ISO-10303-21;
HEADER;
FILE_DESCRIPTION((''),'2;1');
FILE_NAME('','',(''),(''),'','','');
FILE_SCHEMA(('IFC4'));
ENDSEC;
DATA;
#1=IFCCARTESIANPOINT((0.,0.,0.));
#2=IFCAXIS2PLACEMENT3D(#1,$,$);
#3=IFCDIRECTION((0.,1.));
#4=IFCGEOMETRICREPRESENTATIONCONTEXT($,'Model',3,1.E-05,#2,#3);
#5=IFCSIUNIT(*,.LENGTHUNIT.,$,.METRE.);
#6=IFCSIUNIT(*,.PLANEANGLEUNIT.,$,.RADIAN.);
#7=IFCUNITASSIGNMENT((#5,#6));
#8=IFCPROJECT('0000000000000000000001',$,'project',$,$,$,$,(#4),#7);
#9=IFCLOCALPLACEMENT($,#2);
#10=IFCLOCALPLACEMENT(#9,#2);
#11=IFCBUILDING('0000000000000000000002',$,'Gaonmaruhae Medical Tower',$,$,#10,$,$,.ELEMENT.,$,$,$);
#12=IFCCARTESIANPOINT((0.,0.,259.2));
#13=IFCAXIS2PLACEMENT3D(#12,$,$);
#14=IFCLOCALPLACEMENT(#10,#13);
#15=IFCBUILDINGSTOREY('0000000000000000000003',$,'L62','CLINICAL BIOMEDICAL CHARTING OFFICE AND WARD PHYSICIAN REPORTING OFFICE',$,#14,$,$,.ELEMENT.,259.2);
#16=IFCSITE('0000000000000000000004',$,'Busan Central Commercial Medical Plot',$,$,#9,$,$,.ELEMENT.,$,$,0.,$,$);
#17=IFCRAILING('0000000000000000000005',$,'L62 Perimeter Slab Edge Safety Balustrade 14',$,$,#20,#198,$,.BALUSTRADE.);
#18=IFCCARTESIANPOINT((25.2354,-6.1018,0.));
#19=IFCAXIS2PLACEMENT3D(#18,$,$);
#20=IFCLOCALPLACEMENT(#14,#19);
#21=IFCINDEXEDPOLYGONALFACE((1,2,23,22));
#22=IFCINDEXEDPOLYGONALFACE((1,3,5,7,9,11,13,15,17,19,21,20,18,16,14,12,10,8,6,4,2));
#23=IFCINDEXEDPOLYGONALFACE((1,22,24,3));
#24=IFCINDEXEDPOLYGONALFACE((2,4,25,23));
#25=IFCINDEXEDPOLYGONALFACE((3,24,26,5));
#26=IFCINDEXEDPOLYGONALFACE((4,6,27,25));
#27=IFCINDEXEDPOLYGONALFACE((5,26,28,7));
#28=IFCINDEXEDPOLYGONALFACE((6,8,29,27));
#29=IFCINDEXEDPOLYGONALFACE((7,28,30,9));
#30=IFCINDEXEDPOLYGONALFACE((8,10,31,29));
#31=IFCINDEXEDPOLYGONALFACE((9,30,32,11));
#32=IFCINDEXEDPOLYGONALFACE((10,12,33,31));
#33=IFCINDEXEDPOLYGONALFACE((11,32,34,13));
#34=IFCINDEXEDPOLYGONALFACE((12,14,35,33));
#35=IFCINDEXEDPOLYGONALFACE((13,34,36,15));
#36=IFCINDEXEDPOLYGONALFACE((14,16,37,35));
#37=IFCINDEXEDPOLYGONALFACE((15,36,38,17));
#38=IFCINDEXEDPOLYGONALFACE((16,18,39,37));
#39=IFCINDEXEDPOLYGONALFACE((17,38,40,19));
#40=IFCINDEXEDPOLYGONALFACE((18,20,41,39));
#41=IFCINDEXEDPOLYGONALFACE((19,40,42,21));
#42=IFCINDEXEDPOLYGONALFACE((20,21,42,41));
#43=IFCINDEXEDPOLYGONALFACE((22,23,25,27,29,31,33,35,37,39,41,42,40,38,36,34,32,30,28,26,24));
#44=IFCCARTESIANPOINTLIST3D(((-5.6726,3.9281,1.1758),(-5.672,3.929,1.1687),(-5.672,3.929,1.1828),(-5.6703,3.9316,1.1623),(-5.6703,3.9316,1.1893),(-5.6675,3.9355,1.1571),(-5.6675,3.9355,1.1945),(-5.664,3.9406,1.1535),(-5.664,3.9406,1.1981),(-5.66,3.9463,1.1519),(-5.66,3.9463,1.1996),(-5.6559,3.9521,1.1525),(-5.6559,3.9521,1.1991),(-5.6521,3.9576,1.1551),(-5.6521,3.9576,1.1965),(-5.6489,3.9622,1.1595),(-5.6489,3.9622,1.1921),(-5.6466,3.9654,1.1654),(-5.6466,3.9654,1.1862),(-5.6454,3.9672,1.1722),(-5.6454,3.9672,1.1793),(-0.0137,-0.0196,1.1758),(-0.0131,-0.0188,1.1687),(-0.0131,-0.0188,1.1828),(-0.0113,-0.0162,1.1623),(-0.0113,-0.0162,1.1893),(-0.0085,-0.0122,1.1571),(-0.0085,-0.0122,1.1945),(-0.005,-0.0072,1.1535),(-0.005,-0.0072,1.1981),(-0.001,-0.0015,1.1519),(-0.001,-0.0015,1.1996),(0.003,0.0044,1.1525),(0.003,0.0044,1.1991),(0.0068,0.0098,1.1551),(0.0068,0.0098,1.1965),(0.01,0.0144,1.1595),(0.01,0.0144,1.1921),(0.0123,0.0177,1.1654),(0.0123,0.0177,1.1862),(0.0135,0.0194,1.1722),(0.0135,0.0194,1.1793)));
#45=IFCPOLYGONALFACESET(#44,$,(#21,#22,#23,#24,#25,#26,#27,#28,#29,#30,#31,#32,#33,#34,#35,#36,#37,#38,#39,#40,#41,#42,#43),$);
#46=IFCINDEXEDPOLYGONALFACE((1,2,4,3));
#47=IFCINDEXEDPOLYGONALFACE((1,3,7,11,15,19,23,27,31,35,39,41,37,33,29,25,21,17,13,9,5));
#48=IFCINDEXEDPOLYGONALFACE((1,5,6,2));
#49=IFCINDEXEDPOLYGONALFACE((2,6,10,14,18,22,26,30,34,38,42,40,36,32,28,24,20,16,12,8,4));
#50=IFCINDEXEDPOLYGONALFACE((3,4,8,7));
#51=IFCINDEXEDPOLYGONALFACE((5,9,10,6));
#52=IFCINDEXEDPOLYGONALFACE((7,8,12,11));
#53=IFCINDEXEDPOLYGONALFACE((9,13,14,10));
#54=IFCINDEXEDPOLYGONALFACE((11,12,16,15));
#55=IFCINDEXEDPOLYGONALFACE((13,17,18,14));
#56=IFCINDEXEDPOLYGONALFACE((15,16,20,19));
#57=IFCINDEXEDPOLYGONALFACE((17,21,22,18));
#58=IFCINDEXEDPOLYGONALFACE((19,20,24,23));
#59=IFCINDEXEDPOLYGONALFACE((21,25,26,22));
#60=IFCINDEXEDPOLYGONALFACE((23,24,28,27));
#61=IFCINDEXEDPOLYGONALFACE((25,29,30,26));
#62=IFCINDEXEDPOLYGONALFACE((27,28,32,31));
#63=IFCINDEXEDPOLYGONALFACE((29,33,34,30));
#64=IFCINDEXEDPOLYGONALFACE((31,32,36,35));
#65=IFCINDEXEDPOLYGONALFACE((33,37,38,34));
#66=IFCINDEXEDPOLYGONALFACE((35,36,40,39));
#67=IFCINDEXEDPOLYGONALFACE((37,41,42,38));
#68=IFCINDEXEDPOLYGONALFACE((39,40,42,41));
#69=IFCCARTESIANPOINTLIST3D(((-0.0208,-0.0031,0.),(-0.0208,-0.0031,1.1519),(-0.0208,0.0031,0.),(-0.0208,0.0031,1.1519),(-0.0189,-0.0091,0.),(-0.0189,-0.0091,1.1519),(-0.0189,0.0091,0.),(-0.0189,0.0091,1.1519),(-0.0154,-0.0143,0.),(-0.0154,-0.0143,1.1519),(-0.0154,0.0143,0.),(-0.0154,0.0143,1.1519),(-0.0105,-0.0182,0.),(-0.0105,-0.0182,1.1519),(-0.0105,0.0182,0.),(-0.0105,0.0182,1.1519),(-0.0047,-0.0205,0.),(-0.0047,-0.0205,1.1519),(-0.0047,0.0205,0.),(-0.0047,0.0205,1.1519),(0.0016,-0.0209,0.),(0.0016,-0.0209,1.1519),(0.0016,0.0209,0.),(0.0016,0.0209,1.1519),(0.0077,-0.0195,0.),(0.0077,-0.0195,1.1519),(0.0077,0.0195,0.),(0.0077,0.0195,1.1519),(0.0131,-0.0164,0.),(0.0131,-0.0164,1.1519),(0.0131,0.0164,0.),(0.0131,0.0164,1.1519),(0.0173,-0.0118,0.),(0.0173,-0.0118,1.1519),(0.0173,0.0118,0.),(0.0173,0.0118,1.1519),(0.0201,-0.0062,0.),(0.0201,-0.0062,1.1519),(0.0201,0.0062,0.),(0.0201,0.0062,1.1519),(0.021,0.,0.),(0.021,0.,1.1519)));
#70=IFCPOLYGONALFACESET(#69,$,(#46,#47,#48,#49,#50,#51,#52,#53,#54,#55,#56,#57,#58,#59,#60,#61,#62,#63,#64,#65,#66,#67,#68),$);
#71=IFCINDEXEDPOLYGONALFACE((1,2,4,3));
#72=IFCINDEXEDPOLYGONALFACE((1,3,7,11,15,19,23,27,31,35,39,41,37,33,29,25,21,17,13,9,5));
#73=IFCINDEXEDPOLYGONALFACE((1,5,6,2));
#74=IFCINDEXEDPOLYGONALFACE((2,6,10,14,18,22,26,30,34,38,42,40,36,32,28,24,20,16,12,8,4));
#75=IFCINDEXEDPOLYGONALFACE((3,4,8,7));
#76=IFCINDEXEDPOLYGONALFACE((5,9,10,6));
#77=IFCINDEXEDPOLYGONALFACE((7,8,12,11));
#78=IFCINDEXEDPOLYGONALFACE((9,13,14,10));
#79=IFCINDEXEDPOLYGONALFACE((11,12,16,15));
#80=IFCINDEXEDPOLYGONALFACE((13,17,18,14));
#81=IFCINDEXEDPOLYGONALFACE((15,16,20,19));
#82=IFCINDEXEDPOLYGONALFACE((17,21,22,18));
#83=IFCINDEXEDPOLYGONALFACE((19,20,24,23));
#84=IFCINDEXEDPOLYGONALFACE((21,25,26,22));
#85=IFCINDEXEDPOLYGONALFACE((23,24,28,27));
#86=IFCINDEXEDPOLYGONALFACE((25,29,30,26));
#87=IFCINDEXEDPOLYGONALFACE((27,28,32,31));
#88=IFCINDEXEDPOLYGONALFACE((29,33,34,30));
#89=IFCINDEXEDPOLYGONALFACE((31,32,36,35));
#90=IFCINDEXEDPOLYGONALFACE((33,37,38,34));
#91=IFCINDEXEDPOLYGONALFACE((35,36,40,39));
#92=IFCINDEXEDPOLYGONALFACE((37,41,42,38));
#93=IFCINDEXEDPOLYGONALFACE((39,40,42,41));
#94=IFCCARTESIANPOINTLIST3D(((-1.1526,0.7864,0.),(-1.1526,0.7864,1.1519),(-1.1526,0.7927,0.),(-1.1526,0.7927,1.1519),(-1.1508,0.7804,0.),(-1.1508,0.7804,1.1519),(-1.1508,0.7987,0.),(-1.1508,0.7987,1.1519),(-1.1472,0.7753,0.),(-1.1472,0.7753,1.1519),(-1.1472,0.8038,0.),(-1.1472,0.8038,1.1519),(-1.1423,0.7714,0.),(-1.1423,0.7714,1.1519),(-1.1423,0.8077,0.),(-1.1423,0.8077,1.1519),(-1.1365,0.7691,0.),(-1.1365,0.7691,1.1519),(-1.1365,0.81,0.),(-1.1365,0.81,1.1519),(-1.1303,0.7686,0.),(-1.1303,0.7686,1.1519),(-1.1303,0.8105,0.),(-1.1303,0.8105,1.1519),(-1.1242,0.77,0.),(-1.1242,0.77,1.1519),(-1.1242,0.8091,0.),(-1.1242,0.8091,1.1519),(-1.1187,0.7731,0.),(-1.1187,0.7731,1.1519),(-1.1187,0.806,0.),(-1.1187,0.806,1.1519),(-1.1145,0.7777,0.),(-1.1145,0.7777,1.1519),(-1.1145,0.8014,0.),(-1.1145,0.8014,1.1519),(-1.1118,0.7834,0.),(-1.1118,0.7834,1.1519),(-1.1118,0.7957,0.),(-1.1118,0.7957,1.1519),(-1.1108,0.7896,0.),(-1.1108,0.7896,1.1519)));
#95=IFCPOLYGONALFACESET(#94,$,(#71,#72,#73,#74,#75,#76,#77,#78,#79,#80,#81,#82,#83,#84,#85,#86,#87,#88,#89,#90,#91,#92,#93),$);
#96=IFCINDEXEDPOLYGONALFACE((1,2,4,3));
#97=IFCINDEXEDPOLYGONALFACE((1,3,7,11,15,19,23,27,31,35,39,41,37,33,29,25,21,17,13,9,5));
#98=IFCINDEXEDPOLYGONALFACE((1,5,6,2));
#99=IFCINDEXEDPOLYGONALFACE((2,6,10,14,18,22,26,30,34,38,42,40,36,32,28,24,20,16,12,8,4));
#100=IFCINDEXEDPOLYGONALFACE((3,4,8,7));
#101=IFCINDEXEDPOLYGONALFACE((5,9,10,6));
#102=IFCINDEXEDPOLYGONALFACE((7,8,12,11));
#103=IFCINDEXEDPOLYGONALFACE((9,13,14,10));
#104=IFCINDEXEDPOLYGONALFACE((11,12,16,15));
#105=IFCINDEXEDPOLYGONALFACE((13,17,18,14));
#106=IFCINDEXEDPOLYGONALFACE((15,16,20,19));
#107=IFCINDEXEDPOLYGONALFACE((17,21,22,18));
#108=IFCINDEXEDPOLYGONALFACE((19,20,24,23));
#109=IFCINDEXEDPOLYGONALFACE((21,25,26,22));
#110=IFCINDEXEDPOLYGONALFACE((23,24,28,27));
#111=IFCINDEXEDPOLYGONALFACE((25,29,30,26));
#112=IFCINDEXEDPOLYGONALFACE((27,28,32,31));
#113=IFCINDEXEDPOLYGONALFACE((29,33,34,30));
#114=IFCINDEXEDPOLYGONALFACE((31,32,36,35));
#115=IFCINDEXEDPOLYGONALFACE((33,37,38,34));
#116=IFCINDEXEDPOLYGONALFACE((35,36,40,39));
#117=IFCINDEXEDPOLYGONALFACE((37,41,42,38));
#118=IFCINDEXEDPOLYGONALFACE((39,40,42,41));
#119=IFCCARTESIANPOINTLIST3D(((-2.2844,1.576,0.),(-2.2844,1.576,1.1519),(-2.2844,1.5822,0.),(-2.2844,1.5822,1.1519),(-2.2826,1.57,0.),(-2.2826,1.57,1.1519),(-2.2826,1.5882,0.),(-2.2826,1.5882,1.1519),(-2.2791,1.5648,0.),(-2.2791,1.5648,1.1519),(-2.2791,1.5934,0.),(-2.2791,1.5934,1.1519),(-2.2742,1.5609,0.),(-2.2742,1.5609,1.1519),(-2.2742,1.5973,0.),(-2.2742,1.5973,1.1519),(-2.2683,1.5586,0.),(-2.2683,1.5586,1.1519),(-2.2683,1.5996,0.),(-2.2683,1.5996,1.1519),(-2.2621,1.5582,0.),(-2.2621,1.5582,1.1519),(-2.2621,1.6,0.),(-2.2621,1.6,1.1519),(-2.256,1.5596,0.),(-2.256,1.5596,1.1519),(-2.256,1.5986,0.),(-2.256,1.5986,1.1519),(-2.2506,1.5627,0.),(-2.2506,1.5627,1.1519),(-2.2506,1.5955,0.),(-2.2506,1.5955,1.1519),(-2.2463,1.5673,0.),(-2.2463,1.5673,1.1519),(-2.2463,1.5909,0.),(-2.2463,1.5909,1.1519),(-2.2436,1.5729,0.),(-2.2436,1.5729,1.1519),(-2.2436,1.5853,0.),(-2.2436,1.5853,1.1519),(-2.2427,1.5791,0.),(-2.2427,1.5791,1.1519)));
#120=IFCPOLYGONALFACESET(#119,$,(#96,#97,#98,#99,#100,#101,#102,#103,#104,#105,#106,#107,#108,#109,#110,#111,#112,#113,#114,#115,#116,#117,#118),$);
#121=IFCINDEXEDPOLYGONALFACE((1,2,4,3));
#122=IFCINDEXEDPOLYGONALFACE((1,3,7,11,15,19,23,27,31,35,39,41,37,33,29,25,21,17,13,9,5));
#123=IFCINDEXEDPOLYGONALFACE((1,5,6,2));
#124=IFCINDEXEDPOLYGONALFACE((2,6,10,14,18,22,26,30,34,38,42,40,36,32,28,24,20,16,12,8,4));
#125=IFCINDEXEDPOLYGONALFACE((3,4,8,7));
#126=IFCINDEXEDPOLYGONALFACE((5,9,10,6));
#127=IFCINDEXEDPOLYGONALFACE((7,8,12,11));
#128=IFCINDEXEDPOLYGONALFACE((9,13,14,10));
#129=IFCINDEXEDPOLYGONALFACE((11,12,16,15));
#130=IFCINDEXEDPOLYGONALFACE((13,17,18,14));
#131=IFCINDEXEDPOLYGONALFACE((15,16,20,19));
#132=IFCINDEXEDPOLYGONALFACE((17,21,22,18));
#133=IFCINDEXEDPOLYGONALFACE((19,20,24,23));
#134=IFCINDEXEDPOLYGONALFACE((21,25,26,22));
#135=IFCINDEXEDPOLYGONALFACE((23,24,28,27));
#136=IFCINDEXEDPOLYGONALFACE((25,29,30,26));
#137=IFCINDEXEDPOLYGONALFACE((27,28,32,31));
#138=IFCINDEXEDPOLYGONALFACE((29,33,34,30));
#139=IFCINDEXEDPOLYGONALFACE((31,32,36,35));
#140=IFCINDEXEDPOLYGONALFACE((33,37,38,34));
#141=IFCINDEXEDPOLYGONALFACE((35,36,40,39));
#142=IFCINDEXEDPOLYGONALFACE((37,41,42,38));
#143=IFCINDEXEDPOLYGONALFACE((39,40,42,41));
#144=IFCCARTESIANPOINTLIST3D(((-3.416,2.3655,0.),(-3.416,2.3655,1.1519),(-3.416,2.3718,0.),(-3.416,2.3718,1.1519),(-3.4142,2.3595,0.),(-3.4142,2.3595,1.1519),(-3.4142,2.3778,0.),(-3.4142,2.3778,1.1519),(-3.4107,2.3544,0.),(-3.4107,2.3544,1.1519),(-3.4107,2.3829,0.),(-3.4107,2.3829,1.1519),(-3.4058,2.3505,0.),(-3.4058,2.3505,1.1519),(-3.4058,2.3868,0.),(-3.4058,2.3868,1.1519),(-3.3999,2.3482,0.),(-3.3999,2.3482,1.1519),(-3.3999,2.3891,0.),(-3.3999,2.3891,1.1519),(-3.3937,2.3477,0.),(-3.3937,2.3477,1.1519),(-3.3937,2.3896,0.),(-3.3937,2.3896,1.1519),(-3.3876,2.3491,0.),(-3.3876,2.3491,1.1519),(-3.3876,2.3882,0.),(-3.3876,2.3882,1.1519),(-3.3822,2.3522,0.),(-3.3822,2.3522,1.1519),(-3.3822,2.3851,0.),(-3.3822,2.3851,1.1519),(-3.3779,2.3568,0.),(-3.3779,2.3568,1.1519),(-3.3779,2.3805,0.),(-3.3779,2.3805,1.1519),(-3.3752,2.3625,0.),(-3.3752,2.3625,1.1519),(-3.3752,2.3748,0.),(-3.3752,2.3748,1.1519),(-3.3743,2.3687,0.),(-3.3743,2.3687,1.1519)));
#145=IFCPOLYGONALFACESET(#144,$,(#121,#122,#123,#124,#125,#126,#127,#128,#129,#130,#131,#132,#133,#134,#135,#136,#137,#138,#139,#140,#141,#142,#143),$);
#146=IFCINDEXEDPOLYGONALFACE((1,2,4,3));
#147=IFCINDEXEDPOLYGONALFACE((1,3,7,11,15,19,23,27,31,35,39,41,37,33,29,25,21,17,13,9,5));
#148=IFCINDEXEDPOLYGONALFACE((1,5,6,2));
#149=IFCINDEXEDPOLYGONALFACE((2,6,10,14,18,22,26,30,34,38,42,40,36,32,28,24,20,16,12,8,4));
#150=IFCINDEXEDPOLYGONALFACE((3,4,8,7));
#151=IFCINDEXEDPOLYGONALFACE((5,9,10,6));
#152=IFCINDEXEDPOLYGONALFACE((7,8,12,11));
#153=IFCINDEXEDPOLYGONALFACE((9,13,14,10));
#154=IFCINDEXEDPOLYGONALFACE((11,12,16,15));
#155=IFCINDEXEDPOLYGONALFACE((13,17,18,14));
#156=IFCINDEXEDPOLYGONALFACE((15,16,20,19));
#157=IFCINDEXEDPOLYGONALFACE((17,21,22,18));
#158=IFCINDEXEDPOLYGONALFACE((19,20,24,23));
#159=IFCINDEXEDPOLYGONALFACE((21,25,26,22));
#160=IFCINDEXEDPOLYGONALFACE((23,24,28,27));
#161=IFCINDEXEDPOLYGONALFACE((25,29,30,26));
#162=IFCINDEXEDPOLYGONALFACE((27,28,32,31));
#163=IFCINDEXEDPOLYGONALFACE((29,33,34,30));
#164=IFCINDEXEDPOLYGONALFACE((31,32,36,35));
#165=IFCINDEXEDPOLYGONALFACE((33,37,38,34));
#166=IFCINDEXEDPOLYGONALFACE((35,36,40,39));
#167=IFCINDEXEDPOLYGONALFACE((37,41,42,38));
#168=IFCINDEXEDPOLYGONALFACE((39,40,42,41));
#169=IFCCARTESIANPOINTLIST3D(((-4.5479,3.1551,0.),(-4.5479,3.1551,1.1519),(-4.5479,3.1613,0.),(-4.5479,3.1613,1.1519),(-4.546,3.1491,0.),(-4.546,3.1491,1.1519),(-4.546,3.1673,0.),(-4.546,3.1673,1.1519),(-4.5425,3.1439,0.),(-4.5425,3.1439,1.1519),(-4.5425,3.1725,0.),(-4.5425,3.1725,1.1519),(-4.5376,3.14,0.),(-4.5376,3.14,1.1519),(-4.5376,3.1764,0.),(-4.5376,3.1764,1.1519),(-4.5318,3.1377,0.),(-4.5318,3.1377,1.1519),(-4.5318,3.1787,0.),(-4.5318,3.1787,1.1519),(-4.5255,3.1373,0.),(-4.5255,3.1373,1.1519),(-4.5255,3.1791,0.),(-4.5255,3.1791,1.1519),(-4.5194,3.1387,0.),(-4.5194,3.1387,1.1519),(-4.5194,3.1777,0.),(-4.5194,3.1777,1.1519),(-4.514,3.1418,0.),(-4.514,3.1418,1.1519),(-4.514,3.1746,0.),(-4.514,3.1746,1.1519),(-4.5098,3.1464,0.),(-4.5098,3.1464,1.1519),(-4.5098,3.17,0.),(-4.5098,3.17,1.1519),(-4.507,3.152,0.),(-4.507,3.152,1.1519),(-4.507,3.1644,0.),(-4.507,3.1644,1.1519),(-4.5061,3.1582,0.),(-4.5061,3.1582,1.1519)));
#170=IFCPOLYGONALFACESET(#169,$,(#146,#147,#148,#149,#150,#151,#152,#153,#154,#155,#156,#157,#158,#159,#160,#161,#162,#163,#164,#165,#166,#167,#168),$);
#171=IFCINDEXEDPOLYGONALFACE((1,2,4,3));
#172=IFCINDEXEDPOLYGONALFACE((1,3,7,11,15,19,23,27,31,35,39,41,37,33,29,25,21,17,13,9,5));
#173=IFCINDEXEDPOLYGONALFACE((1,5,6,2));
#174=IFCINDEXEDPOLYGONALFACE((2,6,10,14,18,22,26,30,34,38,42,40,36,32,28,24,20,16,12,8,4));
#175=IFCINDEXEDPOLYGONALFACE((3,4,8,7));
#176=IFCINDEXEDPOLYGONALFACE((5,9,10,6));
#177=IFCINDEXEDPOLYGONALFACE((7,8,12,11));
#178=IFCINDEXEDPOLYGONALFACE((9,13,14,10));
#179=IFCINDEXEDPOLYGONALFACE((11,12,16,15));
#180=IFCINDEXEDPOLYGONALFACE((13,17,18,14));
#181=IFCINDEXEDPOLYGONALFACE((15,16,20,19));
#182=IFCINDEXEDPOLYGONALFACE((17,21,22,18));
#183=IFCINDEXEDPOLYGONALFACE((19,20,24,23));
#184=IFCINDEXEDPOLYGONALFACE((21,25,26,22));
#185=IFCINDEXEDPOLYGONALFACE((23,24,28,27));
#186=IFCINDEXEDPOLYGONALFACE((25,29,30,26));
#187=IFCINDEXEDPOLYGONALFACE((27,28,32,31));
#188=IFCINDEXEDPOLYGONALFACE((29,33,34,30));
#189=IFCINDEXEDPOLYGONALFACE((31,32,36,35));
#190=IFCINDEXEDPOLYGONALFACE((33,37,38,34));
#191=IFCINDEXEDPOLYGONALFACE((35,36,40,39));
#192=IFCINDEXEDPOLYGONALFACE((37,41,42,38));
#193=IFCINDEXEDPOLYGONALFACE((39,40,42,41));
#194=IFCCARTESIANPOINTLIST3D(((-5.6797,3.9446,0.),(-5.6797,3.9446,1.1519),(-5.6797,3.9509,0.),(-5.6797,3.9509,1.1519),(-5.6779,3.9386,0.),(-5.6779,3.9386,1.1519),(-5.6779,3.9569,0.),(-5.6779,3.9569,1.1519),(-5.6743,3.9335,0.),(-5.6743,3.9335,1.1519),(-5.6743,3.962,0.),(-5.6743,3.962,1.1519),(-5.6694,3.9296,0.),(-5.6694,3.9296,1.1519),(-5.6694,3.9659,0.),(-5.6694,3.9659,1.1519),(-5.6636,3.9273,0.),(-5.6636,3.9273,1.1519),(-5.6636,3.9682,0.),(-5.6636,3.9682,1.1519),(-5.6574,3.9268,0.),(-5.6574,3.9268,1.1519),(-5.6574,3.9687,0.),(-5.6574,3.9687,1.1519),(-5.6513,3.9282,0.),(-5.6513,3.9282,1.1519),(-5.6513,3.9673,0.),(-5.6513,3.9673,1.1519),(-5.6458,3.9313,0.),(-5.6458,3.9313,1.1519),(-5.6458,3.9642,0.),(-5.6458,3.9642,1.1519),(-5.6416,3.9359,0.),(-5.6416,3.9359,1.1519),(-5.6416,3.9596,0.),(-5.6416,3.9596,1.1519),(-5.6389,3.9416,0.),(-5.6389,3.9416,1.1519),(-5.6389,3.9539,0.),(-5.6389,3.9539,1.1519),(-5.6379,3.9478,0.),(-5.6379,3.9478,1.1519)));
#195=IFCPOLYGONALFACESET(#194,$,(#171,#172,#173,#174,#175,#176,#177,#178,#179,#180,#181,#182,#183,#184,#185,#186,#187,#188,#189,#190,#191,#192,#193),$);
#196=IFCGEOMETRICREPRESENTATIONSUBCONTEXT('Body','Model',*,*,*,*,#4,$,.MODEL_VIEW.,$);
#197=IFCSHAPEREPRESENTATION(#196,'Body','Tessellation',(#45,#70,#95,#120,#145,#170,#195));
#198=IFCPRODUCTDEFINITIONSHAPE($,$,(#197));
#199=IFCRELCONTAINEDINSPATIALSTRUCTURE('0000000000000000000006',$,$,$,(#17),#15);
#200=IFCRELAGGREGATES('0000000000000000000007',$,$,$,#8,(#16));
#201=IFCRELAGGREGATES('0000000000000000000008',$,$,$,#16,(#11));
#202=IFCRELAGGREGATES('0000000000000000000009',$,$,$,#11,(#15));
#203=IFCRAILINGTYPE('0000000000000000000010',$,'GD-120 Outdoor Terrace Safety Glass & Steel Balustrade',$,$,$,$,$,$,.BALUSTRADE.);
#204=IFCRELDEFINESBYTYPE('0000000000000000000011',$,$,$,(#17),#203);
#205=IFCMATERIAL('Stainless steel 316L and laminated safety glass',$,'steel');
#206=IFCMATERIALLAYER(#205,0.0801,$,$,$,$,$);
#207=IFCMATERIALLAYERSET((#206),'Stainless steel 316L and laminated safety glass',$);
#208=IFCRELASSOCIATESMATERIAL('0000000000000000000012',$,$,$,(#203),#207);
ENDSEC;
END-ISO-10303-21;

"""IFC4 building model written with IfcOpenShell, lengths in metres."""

from ifc_helpers import new_model, si_unit, direction, frame, origin, origin_2d, place, context, subcontext, project, spatial, circle, extrude, material, layer, layer_set, type_object, element, save


model = new_model("IFC4")

# Units and contexts
model_context = context("Model", 3, precision=1e-05, world=origin(), true_north=direction((0.0, 1.0)))
body_context = subcontext(model_context, "Body", "Model", "MODEL_VIEW")
ifc_project = project(units=[si_unit("LENGTHUNIT", "METRE"), si_unit("PLANEANGLEUNIT", "RADIAN")], contexts=[model_context])

# Site, building, storey
site_placement = place(None, origin())
site = spatial("IfcSite", under=ifc_project, at=site_placement, Name="Busan Central Commercial Medical Plot", CompositionType="ELEMENT", RefElevation=0.0)
building_placement = place(site_placement, origin())
building = spatial("IfcBuilding", under=site, at=building_placement, Name="Gaonmaruhae Medical Tower", CompositionType="ELEMENT")
storey_placement = place(building_placement, frame((0.0, 0.0, 259.2)))
storey = spatial("IfcBuildingStorey", under=building, at=storey_placement, Name="L62", Description="CLINICAL BIOMEDICAL CHARTING OFFICE AND WARD PHYSICIAN REPORTING OFFICE", CompositionType="ELEMENT", Elevation=259.2)

# Railing
ifc_material_1 = material(Name="Stainless steel 316L and laminated safety glass", Category="steel")
ifc_layer_1 = layer(ifc_material_1, 0.0801)
ifc_layer_set_1 = layer_set([ifc_layer_1], Name="Stainless steel 316L and laminated safety glass")
railing_type = type_object("IfcRailingType", Name="GD-120 Outdoor Terrace Safety Glass & Steel Balustrade", PredefinedType="BALUSTRADE", material=ifc_layer_set_1)
railing_1_placement = place(storey_placement, frame((25.2354, -6.1018, 0.0)))
element("IfcRailing", 1, at=railing_1_placement, inside=storey, type_object=railing_type, Name="L62 Perimeter Slab Edge Safety Balustrade 14", PredefinedType="BALUSTRADE", context=body_context, shape_type="SweptSolid", body=[
    extrude(circle(Radius=0.0239, at=origin_2d()), frame((0.0, 0.0, 1.1758), z_axis=(-0.82015, 0.572148, 0.0), x_axis=(-0.572148, -0.82015, 0.0)), (0.0, 0.0, 1.0), 6.8999),
    extrude(circle(Radius=0.021, at=origin_2d()), origin(), (0.0, 0.0, 1.0), 1.1519),
    extrude(circle(Radius=0.021, at=origin_2d()), frame((-1.1318, 0.7896, 0.0)), (0.0, 0.0, 1.0), 1.1519),
    extrude(circle(Radius=0.021, at=origin_2d()), frame((-2.2637, 1.5791, 0.0)), (0.0, 0.0, 1.0), 1.1519),
    extrude(circle(Radius=0.021, at=origin_2d()), frame((-3.3953, 2.3687, 0.0)), (0.0, 0.0, 1.0), 1.1519),
    extrude(circle(Radius=0.021, at=origin_2d()), frame((-4.5271, 3.1582, 0.0)), (0.0, 0.0, 1.0), 1.1519),
    extrude(circle(Radius=0.021, at=origin_2d()), frame((-5.6589, 3.9478, 0.0)), (0.0, 0.0, 1.0), 1.1519),
])

save(model, "model.ifc")
